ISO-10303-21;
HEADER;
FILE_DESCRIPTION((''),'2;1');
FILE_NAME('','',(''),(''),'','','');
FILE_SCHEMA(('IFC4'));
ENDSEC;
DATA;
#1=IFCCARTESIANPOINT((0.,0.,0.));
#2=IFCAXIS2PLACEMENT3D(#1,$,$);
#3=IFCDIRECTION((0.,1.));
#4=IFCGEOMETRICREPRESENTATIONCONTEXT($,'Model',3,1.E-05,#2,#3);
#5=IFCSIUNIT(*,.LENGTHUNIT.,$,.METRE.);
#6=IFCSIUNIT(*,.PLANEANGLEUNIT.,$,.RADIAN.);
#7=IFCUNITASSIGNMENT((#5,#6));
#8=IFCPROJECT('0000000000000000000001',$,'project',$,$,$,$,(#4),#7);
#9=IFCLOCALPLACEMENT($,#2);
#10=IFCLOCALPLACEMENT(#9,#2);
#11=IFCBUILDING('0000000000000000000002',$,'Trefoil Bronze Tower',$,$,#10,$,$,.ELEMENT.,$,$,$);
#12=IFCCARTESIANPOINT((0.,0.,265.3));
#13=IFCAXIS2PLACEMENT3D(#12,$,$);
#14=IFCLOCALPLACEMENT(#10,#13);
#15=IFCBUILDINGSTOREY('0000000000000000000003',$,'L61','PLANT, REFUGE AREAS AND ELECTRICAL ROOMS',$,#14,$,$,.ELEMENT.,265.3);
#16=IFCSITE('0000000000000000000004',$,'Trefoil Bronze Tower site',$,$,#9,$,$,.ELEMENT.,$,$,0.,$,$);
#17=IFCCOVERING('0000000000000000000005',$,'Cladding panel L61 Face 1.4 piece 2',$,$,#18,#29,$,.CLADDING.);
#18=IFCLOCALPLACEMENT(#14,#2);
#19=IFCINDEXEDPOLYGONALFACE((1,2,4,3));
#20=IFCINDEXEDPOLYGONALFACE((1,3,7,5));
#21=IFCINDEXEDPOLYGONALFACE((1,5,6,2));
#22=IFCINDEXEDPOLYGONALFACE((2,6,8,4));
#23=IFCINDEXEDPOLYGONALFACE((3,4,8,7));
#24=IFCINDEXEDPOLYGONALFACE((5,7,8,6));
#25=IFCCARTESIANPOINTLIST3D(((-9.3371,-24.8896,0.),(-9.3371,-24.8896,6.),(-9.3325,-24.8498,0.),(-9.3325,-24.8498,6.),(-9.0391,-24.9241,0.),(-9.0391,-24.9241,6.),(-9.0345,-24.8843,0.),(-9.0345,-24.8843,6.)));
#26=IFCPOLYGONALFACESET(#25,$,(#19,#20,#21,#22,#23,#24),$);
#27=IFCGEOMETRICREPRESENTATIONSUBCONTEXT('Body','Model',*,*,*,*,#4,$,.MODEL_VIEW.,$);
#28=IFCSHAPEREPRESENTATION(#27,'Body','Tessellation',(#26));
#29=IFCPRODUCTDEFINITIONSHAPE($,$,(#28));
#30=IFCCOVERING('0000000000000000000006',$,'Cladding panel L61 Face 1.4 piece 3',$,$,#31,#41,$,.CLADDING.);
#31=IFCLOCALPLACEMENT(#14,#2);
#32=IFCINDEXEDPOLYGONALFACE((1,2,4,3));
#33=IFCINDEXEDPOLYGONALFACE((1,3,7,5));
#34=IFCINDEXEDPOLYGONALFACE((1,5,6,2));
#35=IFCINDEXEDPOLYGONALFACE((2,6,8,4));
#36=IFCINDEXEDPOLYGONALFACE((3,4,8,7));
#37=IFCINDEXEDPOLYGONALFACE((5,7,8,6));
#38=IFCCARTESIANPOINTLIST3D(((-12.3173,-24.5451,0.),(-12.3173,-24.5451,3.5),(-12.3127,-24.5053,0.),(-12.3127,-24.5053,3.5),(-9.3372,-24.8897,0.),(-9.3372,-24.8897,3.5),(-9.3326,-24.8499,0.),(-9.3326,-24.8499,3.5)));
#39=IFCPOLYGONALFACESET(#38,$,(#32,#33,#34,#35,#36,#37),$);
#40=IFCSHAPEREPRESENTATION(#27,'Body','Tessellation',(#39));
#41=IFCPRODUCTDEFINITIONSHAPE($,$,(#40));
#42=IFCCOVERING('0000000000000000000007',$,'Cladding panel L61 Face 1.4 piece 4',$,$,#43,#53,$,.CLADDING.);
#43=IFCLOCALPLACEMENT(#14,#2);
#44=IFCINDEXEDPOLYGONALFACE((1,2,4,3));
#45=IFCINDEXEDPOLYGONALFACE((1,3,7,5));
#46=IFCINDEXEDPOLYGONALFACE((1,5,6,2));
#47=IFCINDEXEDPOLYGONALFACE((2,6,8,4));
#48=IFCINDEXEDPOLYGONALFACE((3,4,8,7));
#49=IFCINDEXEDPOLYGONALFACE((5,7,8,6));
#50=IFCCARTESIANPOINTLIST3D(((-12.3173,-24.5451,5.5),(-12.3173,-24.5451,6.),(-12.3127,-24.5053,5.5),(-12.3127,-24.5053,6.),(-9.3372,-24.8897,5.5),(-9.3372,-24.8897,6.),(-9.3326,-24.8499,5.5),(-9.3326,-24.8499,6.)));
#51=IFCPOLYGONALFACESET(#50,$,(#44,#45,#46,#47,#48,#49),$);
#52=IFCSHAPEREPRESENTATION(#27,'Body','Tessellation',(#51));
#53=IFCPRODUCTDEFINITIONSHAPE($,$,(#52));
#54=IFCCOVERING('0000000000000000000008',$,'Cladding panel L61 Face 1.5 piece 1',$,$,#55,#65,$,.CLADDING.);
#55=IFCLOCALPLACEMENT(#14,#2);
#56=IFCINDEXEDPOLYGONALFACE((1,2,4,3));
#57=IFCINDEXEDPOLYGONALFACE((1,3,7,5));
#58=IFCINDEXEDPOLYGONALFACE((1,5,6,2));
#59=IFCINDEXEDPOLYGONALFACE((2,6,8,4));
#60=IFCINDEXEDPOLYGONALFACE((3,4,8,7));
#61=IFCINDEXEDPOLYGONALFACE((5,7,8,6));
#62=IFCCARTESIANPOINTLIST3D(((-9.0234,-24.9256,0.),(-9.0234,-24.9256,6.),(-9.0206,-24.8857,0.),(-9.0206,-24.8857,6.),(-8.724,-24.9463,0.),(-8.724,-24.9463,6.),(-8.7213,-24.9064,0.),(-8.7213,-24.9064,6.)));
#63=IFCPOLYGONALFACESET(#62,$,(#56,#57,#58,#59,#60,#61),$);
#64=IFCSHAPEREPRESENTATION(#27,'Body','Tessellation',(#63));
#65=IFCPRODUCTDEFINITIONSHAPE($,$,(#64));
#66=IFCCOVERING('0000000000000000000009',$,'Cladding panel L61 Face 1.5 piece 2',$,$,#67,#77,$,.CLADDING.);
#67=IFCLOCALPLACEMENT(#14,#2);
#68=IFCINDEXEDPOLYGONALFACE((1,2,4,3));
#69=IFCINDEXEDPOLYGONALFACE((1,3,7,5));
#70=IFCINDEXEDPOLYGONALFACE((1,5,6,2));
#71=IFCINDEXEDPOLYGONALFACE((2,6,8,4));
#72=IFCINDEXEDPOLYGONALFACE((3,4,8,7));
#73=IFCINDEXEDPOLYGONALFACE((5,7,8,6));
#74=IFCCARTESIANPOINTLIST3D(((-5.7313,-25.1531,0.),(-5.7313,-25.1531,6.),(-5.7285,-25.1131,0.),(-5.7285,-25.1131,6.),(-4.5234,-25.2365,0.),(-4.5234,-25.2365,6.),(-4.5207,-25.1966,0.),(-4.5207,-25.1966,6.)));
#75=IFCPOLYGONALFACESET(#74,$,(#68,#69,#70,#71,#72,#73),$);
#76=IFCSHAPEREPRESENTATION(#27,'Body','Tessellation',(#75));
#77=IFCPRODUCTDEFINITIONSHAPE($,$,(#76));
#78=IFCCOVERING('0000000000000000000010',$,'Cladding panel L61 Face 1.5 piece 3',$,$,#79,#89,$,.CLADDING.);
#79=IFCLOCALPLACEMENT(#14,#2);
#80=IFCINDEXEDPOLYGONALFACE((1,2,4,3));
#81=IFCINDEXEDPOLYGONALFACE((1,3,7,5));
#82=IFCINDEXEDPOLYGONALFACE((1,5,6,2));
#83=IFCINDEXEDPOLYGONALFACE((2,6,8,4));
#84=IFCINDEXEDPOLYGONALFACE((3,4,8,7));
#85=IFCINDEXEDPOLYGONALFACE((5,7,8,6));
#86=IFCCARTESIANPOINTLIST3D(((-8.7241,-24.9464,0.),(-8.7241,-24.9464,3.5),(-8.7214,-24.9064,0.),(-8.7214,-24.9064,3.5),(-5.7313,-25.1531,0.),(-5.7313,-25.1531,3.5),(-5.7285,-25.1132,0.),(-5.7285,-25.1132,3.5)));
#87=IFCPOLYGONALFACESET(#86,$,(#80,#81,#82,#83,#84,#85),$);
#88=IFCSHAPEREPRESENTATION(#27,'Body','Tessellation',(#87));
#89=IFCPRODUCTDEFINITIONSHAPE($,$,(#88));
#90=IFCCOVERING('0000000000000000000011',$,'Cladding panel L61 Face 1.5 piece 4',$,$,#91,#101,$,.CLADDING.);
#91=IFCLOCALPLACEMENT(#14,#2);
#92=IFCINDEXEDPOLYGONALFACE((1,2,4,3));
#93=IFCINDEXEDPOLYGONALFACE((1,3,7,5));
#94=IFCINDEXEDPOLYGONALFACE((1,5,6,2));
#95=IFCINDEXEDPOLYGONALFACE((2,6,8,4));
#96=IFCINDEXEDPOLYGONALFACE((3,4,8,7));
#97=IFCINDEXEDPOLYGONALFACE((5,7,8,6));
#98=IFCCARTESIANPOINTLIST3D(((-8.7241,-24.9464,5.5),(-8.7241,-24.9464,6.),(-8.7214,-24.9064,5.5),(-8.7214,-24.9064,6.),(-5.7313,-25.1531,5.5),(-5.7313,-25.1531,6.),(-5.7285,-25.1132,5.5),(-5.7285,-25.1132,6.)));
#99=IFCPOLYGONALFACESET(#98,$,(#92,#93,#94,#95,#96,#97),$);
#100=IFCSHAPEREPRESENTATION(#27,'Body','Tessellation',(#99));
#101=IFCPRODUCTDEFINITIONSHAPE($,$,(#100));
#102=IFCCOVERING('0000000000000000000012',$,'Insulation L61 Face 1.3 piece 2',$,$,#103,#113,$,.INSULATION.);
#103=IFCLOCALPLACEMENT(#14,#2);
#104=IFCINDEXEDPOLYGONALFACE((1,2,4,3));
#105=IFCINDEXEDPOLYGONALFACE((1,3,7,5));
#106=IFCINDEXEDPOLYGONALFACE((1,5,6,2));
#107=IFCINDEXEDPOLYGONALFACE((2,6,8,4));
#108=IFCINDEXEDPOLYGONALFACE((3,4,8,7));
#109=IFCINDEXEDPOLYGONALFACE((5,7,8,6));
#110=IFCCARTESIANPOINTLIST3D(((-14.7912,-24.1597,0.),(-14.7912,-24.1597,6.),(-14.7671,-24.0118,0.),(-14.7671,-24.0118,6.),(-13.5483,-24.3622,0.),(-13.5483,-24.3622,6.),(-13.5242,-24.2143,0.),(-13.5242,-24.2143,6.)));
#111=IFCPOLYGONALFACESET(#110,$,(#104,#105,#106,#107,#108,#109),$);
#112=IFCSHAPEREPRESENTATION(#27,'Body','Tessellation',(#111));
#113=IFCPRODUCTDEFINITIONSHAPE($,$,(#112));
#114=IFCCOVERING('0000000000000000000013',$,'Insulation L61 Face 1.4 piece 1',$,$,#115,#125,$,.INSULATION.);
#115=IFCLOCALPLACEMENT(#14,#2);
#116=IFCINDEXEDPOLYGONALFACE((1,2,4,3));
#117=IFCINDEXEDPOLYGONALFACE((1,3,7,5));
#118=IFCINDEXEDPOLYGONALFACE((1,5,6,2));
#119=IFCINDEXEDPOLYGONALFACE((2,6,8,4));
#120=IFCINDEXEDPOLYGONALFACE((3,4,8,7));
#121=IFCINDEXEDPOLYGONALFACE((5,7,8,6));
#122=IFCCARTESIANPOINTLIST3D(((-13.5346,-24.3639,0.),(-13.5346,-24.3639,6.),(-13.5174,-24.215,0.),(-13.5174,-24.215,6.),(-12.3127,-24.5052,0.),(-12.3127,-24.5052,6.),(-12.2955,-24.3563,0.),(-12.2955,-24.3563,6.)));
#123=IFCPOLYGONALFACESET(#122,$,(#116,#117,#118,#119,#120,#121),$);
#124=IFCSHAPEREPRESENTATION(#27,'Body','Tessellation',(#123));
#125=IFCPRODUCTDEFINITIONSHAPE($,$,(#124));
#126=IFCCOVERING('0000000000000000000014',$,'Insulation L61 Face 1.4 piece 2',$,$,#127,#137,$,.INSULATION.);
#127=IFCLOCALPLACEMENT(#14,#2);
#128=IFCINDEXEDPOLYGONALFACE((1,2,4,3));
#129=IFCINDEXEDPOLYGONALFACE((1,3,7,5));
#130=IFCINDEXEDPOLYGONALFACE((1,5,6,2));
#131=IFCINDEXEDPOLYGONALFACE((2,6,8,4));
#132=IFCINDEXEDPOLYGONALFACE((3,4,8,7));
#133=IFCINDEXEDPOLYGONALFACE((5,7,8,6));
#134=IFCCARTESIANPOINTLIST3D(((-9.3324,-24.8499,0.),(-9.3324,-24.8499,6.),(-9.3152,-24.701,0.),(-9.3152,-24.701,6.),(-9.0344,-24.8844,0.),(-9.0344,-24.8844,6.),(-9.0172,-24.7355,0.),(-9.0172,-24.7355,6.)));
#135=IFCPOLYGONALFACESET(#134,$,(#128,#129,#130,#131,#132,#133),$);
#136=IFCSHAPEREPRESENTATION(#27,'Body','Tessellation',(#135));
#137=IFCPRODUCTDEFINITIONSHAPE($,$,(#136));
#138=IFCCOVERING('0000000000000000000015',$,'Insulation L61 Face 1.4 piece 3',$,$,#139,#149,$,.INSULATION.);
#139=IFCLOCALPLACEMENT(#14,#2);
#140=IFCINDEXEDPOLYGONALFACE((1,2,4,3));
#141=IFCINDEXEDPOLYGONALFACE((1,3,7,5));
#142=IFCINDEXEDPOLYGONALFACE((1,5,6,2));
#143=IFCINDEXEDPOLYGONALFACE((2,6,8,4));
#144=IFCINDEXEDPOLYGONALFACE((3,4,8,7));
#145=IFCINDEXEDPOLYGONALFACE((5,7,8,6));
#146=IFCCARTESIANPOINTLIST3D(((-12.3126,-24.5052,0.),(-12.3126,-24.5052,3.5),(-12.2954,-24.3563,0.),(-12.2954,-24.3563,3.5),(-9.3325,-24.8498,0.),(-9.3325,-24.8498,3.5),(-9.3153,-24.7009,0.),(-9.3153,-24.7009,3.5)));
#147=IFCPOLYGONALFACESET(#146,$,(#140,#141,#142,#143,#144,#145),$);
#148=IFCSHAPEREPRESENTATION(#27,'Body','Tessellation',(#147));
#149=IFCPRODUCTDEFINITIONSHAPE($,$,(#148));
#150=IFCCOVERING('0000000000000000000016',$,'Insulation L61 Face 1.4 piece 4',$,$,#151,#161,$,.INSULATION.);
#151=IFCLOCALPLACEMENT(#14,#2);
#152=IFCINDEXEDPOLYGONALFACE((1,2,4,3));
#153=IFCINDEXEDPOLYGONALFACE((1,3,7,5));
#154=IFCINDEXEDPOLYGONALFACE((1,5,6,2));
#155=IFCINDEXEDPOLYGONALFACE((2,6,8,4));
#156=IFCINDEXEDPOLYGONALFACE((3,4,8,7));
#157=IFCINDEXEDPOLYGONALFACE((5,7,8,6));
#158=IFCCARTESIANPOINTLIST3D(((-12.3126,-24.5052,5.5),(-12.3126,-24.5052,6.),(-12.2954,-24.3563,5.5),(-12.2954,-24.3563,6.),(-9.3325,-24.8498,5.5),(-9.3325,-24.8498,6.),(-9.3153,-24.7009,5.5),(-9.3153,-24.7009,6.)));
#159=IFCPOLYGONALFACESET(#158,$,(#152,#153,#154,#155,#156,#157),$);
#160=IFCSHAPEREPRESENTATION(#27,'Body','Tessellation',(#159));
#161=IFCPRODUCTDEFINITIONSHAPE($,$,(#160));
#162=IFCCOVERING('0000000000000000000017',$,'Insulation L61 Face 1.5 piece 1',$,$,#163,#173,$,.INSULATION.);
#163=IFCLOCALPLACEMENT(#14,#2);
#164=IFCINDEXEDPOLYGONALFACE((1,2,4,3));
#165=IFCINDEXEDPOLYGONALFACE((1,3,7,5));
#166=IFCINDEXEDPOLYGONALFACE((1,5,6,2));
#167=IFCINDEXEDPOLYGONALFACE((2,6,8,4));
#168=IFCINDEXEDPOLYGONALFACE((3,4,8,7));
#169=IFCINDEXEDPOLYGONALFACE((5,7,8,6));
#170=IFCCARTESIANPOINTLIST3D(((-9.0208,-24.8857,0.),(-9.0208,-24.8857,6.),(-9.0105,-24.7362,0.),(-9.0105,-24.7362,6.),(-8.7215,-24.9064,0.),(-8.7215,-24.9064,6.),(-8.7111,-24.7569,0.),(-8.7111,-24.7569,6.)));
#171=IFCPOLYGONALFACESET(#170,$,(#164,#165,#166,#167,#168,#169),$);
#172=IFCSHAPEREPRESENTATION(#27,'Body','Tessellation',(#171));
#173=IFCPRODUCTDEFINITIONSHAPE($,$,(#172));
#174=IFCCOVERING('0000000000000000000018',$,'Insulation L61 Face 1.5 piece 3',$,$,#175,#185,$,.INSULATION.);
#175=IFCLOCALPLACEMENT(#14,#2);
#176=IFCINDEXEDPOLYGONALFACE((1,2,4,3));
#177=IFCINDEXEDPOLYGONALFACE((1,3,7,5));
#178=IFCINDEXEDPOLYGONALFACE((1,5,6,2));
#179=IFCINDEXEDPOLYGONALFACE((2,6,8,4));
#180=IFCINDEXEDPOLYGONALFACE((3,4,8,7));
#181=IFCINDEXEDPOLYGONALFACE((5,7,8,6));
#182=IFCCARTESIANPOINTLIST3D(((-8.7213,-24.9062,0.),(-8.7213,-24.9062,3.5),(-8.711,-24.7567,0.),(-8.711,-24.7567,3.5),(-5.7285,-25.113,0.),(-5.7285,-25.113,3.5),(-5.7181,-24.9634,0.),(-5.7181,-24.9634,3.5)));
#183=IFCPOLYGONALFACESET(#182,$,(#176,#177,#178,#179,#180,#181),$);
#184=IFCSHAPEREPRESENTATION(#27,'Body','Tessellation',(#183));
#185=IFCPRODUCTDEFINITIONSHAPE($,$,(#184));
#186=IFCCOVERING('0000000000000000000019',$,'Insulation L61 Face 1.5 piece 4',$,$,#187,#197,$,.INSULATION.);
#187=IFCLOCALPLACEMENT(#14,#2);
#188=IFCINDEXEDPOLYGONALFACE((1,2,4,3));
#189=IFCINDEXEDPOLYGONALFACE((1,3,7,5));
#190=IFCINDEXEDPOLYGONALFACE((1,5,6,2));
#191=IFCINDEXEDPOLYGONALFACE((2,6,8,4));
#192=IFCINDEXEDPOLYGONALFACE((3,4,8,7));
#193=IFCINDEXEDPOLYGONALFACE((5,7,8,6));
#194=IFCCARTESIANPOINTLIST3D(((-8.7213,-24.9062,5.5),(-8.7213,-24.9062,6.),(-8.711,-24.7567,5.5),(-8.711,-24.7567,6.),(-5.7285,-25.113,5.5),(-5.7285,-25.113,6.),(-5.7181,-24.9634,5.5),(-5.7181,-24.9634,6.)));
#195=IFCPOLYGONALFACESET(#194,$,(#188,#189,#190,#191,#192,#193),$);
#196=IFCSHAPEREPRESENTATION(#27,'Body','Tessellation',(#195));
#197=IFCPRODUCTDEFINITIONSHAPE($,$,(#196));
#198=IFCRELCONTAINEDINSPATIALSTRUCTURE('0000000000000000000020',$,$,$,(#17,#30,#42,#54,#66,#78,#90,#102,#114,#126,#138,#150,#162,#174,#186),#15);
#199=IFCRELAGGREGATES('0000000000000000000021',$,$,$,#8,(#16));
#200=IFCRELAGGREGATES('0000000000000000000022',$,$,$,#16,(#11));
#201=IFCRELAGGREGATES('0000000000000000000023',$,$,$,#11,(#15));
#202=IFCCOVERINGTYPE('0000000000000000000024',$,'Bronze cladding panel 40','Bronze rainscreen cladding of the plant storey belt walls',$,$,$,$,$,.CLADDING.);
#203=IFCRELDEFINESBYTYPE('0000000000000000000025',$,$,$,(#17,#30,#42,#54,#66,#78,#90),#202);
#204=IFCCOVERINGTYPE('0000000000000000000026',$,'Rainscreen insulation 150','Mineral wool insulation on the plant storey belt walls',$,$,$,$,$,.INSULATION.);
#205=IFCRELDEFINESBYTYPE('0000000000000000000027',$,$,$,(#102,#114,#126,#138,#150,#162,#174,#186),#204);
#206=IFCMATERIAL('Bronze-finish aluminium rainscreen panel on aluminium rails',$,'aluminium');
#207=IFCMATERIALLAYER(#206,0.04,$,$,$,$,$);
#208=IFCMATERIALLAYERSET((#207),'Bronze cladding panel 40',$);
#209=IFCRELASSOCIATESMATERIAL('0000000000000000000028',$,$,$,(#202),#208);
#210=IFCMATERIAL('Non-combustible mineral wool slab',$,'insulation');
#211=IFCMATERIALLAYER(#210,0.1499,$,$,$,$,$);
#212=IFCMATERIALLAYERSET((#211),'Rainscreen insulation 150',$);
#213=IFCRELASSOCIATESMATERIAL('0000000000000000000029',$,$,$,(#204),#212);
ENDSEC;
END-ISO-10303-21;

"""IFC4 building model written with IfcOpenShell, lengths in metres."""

from ifc_helpers import new_model, si_unit, direction, frame, origin, origin_2d, place, context, subcontext, project, spatial, rectangle, extrude, material, layer, layer_set, type_object, element, save


model = new_model("IFC4")

# Units and contexts
model_context = context("Model", 3, precision=1e-05, world=origin(), true_north=direction((0.0, 1.0)))
body_context = subcontext(model_context, "Body", "Model", "MODEL_VIEW")
ifc_project = project(units=[si_unit("LENGTHUNIT", "METRE"), si_unit("PLANEANGLEUNIT", "RADIAN")], contexts=[model_context])

# Site, building, storey
site_placement = place(None, origin())
site = spatial("IfcSite", under=ifc_project, at=site_placement, Name="Trefoil Bronze Tower site", CompositionType="ELEMENT", RefElevation=0.0)
building_placement = place(site_placement, origin())
building = spatial("IfcBuilding", under=site, at=building_placement, Name="Trefoil Bronze Tower", CompositionType="ELEMENT")
storey_placement = place(building_placement, frame((0.0, 0.0, 265.3)))
storey = spatial("IfcBuildingStorey", under=building, at=storey_placement, Name="L61", Description="PLANT, REFUGE AREAS AND ELECTRICAL ROOMS", CompositionType="ELEMENT", Elevation=265.3)

# Coverings
ifc_material_1 = material(Name="Bronze-finish aluminium rainscreen panel on aluminium rails", Category="aluminium")
ifc_layer_1 = layer(ifc_material_1, 0.04)
ifc_layer_set_1 = layer_set([ifc_layer_1], Name="Bronze cladding panel 40")
covering_type_1 = type_object("IfcCoveringType", Name="Bronze cladding panel 40", Description="Bronze rainscreen cladding of the plant storey belt walls", PredefinedType="CLADDING", material=ifc_layer_set_1)
covering_1_placement = place(storey_placement, frame((-9.1858, -24.887, 0.0), z_axis=(0.0, 0.0, 1.0), x_axis=(0.993382, -0.114859, 0.0)))
element("IfcCovering", 1, at=covering_1_placement, inside=storey, type_object=covering_type_1, Name="Cladding panel L61 Face 1.4 piece 2", PredefinedType="CLADDING", context=body_context, shape_type="SweptSolid", body=[
    extrude(rectangle(XDim=0.3, YDim=0.04, at=origin_2d()), origin(), (0.0, 0.0, 1.0), 6.0),
])
covering_2_placement = place(storey_placement, frame((-10.825, -24.6975, 0.0), z_axis=(0.0, 0.0, 1.0), x_axis=(0.993382, -0.114859, 0.0)))
element("IfcCovering", 2, at=covering_2_placement, inside=storey, type_object=covering_type_1, Name="Cladding panel L61 Face 1.4 piece 3", PredefinedType="CLADDING", context=body_context, shape_type="SweptSolid", body=[
    extrude(rectangle(XDim=3.0, YDim=0.04, at=origin_2d()), origin(), (0.0, 0.0, 1.0), 3.5),
])
covering_3_placement = place(storey_placement, frame((-10.825, -24.6975, 5.5), z_axis=(0.0, 0.0, 1.0), x_axis=(0.993382, -0.114859, 0.0)))
element("IfcCovering", 3, at=covering_3_placement, inside=storey, type_object=covering_type_1, Name="Cladding panel L61 Face 1.4 piece 4", PredefinedType="CLADDING", context=body_context, shape_type="SweptSolid", body=[
    extrude(rectangle(XDim=3.0, YDim=0.04, at=origin_2d()), origin(), (0.0, 0.0, 1.0), 0.5),
])
covering_4_placement = place(storey_placement, frame((-8.8723, -24.916, 0.0), z_axis=(0.0, 0.0, 1.0), x_axis=(0.997623, -0.068915, 0.0)))
element("IfcCovering", 4, at=covering_4_placement, inside=storey, type_object=covering_type_1, Name="Cladding panel L61 Face 1.5 piece 1", PredefinedType="CLADDING", context=body_context, shape_type="SweptSolid", body=[
    extrude(rectangle(XDim=0.3, YDim=0.04, at=origin_2d()), origin(), (0.0, 0.0, 1.0), 6.0),
])
covering_5_placement = place(storey_placement, frame((-5.126, -25.1748, 0.0), z_axis=(0.0, 0.0, 1.0), x_axis=(0.997623, -0.068915, 0.0)))
element("IfcCovering", 5, at=covering_5_placement, inside=storey, type_object=covering_type_1, Name="Cladding panel L61 Face 1.5 piece 2", PredefinedType="CLADDING", context=body_context, shape_type="SweptSolid", body=[
    extrude(rectangle(XDim=1.2107, YDim=0.04, at=origin_2d()), origin(), (0.0, 0.0, 1.0), 6.0),
])
covering_6_placement = place(storey_placement, frame((-7.2263, -25.0298, 0.0), z_axis=(0.0, 0.0, 1.0), x_axis=(0.997623, -0.068915, 0.0)))
element("IfcCovering", 6, at=covering_6_placement, inside=storey, type_object=covering_type_1, Name="Cladding panel L61 Face 1.5 piece 3", PredefinedType="CLADDING", context=body_context, shape_type="SweptSolid", body=[
    extrude(rectangle(XDim=3.0, YDim=0.04, at=origin_2d()), origin(), (0.0, 0.0, 1.0), 3.5),
])
covering_7_placement = place(storey_placement, frame((-7.2263, -25.0298, 5.5), z_axis=(0.0, 0.0, 1.0), x_axis=(0.997623, -0.068915, 0.0)))
element("IfcCovering", 7, at=covering_7_placement, inside=storey, type_object=covering_type_1, Name="Cladding panel L61 Face 1.5 piece 4", PredefinedType="CLADDING", context=body_context, shape_type="SweptSolid", body=[
    extrude(rectangle(XDim=3.0, YDim=0.04, at=origin_2d()), origin(), (0.0, 0.0, 1.0), 0.5),
])
ifc_material_2 = material(Name="Non-combustible mineral wool slab", Category="insulation")
ifc_layer_2 = layer(ifc_material_2, 0.1499)
ifc_layer_set_2 = layer_set([ifc_layer_2], Name="Rainscreen insulation 150")
covering_type_2 = type_object("IfcCoveringType", Name="Rainscreen insulation 150", Description="Mineral wool insulation on the plant storey belt walls", PredefinedType="INSULATION", material=ifc_layer_set_2)
covering_8_placement = place(storey_placement, frame((-14.1577, -24.187, 0.0), z_axis=(0.0, 0.0, 1.0), x_axis=(0.986987, -0.160803, 0.0)))
element("IfcCovering", 8, at=covering_8_placement, inside=storey, type_object=covering_type_2, Name="Insulation L61 Face 1.3 piece 2", PredefinedType="INSULATION", context=body_context, shape_type="SweptSolid", body=[
    extrude(rectangle(XDim=1.2593, YDim=0.1499, at=origin_2d()), origin(), (0.0, 0.0, 1.0), 6.0),
])
covering_9_placement = place(storey_placement, frame((-12.915, -24.3601, 0.0), z_axis=(0.0, 0.0, 1.0), x_axis=(0.993382, -0.114859, 0.0)))
element("IfcCovering", 9, at=covering_9_placement, inside=storey, type_object=covering_type_2, Name="Insulation L61 Face 1.4 piece 1", PredefinedType="INSULATION", context=body_context, shape_type="SweptSolid", body=[
    extrude(rectangle(XDim=1.23, YDim=0.1499, at=origin_2d()), origin(), (0.0, 0.0, 1.0), 6.0),
])
covering_10_placement = place(storey_placement, frame((-9.1748, -24.7927, 0.0), z_axis=(0.0, 0.0, 1.0), x_axis=(0.993382, -0.114859, 0.0)))
element("IfcCovering", 10, at=covering_10_placement, inside=storey, type_object=covering_type_2, Name="Insulation L61 Face 1.4 piece 2", PredefinedType="INSULATION", context=body_context, shape_type="SweptSolid", body=[
    extrude(rectangle(XDim=0.3, YDim=0.1499, at=origin_2d()), origin(), (0.0, 0.0, 1.0), 6.0),
])
covering_11_placement = place(storey_placement, frame((-10.814, -24.603, 0.0), z_axis=(0.0, 0.0, 1.0), x_axis=(0.993382, -0.114859, 0.0)))
element("IfcCovering", 11, at=covering_11_placement, inside=storey, type_object=covering_type_2, Name="Insulation L61 Face 1.4 piece 3", PredefinedType="INSULATION", context=body_context, shape_type="SweptSolid", body=[
    extrude(rectangle(XDim=3.0, YDim=0.1499, at=origin_2d()), origin(), (0.0, 0.0, 1.0), 3.5),
])
covering_12_placement = place(storey_placement, frame((-10.814, -24.603, 5.5), z_axis=(0.0, 0.0, 1.0), x_axis=(0.993382, -0.114859, 0.0)))
element("IfcCovering", 12, at=covering_12_placement, inside=storey, type_object=covering_type_2, Name="Insulation L61 Face 1.4 piece 4", PredefinedType="INSULATION", context=body_context, shape_type="SweptSolid", body=[
    extrude(rectangle(XDim=3.0, YDim=0.1499, at=origin_2d()), origin(), (0.0, 0.0, 1.0), 0.5),
])
covering_13_placement = place(storey_placement, frame((-8.866, -24.8213, 0.0), z_axis=(0.0, 0.0, 1.0), x_axis=(0.997623, -0.068915, 0.0)))
element("IfcCovering", 13, at=covering_13_placement, inside=storey, type_object=covering_type_2, Name="Insulation L61 Face 1.5 piece 1", PredefinedType="INSULATION", context=body_context, shape_type="SweptSolid", body=[
    extrude(rectangle(XDim=0.3, YDim=0.1499, at=origin_2d()), origin(), (0.0, 0.0, 1.0), 6.0),
])
covering_14_placement = place(storey_placement, frame((-7.2197, -24.9348, 0.0), z_axis=(0.0, 0.0, 1.0), x_axis=(0.997623, -0.068915, 0.0)))
element("IfcCovering", 14, at=covering_14_placement, inside=storey, type_object=covering_type_2, Name="Insulation L61 Face 1.5 piece 3", PredefinedType="INSULATION", context=body_context, shape_type="SweptSolid", body=[
    extrude(rectangle(XDim=3.0, YDim=0.1499, at=origin_2d()), origin(), (0.0, 0.0, 1.0), 3.5),
])
covering_15_placement = place(storey_placement, frame((-7.2197, -24.9348, 5.5), z_axis=(0.0, 0.0, 1.0), x_axis=(0.997623, -0.068915, 0.0)))
element("IfcCovering", 15, at=covering_15_placement, inside=storey, type_object=covering_type_2, Name="Insulation L61 Face 1.5 piece 4", PredefinedType="INSULATION", context=body_context, shape_type="SweptSolid", body=[
    extrude(rectangle(XDim=3.0, YDim=0.1499, at=origin_2d()), origin(), (0.0, 0.0, 1.0), 0.5),
])

save(model, "model.ifc")
